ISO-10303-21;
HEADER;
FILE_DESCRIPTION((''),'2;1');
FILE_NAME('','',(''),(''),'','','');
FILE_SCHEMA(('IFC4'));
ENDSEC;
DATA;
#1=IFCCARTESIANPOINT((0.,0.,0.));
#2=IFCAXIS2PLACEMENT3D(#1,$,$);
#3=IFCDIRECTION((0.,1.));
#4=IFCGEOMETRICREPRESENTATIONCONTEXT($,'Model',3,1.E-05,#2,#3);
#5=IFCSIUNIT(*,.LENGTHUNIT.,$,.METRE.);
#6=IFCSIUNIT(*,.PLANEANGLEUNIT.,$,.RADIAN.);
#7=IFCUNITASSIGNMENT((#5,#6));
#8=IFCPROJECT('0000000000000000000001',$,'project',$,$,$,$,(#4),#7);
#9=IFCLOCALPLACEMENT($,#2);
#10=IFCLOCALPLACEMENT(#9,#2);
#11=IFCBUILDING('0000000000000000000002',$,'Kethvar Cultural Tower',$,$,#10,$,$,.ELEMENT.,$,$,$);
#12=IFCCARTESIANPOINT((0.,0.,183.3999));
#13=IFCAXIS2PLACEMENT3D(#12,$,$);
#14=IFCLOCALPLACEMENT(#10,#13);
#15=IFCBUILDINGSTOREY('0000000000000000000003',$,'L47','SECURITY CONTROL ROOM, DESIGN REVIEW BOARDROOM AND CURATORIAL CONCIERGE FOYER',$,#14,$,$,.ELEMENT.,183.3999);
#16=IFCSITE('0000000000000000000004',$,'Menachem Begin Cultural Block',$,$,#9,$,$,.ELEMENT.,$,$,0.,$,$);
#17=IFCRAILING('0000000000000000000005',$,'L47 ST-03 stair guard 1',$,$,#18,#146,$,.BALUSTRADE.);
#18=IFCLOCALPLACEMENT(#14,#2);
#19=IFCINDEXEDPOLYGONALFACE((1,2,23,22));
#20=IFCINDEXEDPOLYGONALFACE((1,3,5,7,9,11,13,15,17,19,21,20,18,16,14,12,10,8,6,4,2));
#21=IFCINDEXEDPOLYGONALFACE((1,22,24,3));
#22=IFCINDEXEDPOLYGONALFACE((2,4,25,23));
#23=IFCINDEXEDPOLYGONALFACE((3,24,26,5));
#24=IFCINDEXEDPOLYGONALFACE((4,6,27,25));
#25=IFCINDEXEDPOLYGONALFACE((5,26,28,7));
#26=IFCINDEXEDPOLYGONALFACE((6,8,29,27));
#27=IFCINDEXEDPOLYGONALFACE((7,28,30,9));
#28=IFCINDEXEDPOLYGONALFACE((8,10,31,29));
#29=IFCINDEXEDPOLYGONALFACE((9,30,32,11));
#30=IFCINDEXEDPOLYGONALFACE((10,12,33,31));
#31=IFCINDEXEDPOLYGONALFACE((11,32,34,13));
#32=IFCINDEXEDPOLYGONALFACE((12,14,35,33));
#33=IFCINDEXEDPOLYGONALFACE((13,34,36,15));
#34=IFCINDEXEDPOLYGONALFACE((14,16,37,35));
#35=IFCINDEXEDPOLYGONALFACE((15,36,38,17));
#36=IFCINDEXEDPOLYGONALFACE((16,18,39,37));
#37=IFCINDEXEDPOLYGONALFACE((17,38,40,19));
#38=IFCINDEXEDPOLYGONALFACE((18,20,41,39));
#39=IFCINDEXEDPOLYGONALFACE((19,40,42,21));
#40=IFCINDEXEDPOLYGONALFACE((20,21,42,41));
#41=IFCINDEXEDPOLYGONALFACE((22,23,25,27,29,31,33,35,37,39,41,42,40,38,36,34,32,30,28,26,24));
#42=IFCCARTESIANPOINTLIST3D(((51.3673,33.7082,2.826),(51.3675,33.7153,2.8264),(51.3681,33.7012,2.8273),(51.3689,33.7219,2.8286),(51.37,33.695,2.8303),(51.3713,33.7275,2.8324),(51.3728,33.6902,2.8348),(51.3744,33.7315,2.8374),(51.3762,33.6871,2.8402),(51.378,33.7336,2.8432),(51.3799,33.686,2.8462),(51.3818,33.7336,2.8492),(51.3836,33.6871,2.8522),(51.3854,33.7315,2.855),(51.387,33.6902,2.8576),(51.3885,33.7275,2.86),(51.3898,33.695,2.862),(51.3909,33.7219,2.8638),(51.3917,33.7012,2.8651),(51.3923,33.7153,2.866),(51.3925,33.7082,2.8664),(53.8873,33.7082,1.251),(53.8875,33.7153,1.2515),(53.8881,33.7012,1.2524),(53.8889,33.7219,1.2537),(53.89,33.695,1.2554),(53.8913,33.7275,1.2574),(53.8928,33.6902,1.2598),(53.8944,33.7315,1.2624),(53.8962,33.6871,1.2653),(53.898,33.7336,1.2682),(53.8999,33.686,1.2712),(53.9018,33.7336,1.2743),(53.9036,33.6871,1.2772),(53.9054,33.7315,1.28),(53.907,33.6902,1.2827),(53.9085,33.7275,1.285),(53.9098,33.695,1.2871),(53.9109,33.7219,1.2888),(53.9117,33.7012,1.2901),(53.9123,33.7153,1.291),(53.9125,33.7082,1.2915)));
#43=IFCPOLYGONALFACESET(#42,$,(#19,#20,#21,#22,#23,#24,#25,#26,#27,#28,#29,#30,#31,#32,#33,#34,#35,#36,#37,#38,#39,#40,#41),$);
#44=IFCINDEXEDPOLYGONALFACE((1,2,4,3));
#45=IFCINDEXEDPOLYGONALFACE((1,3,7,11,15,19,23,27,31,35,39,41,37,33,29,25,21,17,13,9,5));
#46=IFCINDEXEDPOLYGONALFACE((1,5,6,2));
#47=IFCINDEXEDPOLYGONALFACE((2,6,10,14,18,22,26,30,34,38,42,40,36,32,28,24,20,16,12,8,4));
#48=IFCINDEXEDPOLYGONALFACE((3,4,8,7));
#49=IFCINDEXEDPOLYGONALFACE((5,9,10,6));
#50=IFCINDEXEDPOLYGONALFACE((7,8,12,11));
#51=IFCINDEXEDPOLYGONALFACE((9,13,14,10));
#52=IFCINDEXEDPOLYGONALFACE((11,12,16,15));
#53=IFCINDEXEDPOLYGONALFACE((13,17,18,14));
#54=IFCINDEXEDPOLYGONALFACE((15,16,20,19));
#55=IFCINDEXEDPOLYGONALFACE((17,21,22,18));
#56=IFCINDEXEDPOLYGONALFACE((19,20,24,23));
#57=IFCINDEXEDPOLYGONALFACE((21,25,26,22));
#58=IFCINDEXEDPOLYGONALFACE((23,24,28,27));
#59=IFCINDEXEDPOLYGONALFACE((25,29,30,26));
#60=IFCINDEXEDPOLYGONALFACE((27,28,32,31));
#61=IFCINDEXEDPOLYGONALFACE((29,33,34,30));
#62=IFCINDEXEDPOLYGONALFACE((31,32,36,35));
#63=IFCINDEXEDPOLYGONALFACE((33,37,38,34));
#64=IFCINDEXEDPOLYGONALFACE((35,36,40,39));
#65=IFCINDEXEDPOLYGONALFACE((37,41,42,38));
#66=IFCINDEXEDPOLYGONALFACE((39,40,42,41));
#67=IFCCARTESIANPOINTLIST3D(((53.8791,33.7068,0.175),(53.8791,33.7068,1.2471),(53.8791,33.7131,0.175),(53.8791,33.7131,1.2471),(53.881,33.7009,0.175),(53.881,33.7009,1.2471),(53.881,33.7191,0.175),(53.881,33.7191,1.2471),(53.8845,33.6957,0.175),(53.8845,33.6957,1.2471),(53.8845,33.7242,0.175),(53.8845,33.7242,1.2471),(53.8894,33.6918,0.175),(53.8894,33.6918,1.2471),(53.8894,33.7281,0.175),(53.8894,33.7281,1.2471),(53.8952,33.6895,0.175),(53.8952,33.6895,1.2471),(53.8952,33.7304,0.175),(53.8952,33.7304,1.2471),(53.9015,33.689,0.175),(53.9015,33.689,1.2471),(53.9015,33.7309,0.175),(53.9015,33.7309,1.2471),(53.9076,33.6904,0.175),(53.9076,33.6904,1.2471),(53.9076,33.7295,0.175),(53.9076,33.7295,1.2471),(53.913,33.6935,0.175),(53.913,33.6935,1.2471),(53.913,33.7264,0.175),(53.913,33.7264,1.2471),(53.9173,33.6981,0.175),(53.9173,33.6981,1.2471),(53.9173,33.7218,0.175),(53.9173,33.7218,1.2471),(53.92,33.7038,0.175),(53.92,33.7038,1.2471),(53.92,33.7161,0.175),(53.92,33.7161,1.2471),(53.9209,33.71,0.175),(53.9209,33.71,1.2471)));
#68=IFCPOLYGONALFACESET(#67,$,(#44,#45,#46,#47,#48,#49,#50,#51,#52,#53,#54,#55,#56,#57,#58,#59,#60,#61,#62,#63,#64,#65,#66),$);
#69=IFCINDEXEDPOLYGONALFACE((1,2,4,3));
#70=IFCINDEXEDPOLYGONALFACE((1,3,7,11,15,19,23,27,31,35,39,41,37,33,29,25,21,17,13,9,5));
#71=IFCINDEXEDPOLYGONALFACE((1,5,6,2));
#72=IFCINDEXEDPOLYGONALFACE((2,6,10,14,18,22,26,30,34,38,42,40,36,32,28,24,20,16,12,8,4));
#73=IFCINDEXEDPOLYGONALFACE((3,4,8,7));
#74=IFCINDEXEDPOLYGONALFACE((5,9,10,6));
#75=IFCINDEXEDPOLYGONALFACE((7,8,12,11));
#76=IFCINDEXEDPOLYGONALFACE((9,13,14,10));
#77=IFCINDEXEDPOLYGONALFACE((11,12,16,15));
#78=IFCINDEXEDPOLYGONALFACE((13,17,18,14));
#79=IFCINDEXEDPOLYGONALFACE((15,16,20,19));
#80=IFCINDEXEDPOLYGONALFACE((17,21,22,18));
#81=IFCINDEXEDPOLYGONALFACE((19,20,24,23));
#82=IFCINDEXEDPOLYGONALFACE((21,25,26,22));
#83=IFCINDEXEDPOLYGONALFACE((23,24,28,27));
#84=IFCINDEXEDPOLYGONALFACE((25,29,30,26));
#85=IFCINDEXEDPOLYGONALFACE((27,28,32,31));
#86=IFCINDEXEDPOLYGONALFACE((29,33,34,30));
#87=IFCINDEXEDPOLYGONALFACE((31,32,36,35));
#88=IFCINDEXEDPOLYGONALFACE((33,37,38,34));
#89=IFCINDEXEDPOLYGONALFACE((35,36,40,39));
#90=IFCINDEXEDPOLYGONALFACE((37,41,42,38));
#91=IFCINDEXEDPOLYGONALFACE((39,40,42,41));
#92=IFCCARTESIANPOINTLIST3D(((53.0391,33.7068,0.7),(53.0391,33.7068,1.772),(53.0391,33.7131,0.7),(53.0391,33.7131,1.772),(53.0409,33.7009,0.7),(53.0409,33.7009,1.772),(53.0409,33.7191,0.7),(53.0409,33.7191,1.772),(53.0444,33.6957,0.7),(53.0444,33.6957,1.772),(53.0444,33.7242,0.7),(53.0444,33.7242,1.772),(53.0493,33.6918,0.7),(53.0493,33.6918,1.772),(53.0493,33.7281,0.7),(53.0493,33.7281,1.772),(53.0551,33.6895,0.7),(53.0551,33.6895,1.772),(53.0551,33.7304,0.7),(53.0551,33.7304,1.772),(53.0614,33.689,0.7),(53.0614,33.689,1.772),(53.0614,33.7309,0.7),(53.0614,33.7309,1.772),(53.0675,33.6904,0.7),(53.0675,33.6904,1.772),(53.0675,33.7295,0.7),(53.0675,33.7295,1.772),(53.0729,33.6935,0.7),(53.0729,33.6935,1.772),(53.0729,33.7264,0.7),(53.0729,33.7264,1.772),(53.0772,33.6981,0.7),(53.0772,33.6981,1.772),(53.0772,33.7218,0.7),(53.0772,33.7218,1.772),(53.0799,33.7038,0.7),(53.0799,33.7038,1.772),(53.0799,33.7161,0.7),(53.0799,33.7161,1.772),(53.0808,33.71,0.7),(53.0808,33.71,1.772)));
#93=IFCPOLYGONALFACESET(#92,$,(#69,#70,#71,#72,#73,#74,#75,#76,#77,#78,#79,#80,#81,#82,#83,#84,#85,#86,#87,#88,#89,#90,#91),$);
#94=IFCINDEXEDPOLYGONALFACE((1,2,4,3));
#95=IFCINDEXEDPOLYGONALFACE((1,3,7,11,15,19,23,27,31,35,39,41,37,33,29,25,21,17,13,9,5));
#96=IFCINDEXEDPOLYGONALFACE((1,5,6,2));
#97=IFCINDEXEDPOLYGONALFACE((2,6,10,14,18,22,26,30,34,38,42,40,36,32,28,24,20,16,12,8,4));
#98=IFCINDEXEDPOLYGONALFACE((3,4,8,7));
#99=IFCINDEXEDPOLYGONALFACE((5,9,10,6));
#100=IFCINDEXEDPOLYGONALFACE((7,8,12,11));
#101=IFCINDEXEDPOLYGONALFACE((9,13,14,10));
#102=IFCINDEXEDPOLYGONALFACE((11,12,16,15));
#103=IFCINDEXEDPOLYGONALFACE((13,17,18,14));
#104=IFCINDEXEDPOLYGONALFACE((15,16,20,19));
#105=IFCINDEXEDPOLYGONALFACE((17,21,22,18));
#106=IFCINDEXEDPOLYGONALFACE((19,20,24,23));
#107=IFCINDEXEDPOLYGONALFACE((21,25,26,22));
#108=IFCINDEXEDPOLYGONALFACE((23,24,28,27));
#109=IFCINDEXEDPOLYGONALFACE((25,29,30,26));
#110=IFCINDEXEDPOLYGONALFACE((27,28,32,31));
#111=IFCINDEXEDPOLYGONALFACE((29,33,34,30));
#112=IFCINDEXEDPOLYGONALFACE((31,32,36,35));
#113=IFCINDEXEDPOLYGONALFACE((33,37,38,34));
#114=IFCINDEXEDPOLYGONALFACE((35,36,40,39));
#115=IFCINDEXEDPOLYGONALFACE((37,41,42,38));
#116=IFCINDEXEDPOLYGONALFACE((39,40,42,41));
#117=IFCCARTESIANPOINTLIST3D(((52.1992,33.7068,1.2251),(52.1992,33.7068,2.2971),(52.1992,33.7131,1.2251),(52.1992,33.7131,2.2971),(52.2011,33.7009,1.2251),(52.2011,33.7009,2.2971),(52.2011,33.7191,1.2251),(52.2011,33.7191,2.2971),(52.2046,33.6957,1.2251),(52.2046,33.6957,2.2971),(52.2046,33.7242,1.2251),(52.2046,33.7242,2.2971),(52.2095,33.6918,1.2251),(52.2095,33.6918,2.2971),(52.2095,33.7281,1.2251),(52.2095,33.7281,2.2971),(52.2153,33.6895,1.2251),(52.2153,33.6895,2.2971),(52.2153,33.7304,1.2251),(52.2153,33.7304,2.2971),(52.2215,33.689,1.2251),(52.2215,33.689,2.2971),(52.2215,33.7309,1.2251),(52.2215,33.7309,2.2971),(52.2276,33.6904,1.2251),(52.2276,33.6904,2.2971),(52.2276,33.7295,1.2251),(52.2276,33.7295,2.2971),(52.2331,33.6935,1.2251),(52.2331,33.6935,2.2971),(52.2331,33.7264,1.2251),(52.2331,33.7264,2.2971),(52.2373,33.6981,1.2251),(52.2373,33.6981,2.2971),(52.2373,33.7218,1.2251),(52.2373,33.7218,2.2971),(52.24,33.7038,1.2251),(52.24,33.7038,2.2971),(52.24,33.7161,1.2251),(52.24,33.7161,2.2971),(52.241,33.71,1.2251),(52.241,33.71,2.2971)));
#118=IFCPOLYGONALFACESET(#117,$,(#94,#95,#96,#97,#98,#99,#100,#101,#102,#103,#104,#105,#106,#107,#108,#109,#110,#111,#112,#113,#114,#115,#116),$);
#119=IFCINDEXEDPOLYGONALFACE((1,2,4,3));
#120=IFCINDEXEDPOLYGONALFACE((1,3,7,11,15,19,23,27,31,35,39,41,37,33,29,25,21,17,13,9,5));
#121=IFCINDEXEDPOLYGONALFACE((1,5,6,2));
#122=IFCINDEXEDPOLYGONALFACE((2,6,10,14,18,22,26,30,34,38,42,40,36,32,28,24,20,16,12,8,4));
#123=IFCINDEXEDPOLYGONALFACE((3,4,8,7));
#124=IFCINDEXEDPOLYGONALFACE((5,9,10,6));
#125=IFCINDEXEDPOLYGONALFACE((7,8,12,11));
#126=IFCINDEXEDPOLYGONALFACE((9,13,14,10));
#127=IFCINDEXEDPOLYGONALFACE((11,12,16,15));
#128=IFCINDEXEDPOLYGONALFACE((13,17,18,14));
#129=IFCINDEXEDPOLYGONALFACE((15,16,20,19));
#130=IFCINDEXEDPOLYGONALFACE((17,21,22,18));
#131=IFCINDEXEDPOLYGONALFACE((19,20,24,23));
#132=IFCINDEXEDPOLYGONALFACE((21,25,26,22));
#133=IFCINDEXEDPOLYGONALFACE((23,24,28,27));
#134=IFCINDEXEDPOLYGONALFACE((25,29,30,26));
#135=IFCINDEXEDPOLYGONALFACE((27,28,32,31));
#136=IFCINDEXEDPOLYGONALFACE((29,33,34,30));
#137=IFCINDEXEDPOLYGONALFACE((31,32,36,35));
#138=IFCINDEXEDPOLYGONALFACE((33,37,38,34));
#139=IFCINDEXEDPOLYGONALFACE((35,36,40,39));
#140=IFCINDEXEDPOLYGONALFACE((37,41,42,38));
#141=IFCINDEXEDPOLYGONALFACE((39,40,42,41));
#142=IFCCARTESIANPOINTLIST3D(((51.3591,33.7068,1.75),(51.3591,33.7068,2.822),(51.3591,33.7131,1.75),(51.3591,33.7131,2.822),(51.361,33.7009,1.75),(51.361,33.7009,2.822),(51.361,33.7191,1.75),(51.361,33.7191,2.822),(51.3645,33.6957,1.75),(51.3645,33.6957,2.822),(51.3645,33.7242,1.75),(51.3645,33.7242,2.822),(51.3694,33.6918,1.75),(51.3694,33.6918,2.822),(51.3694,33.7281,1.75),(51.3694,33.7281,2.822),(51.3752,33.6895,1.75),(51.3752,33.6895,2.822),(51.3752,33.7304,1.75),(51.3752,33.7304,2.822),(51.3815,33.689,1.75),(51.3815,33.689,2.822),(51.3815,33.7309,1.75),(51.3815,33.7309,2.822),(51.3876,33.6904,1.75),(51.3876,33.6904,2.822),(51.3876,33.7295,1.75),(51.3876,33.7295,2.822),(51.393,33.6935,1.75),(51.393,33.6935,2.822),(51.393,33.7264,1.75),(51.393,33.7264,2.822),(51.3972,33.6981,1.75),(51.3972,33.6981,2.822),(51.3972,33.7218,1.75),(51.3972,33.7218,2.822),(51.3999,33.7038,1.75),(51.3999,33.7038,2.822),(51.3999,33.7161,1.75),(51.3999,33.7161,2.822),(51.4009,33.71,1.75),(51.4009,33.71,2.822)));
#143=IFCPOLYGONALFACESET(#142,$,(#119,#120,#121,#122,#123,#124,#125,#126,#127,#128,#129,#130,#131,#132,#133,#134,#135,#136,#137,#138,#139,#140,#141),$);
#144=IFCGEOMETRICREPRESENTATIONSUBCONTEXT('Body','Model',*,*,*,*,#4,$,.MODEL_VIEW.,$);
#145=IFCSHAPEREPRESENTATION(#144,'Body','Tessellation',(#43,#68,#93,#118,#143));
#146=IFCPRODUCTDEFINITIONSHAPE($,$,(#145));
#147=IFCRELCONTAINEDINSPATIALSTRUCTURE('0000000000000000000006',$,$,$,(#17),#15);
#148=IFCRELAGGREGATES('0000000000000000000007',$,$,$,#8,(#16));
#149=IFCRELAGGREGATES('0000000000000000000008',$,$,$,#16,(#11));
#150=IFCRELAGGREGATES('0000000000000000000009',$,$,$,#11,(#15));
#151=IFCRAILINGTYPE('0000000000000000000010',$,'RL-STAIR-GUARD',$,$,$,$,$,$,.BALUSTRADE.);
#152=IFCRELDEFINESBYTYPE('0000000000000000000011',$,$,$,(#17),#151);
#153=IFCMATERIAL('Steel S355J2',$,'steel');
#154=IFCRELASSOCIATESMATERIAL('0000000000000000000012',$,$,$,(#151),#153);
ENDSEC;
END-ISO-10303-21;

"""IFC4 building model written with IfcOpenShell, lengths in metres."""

from ifc_helpers import new_model, si_unit, direction, frame, origin, origin_2d, place, context, subcontext, project, spatial, circle, extrude, material, type_object, element, save


model = new_model("IFC4")

# Units and contexts
model_context = context("Model", 3, precision=1e-05, world=origin(), true_north=direction((0.0, 1.0)))
body_context = subcontext(model_context, "Body", "Model", "MODEL_VIEW")
ifc_project = project(units=[si_unit("LENGTHUNIT", "METRE"), si_unit("PLANEANGLEUNIT", "RADIAN")], contexts=[model_context])

# Site, building, storey
site_placement = place(None, origin())
site = spatial("IfcSite", under=ifc_project, at=site_placement, Name="Menachem Begin Cultural Block", CompositionType="ELEMENT", RefElevation=0.0)
building_placement = place(site_placement, origin())
building = spatial("IfcBuilding", under=site, at=building_placement, Name="Kethvar Cultural Tower", CompositionType="ELEMENT")
storey_placement = place(building_placement, frame((0.0, 0.0, 183.3999)))
storey = spatial("IfcBuildingStorey", under=building, at=storey_placement, Name="L47", Description="SECURITY CONTROL ROOM, DESIGN REVIEW BOARDROOM AND CURATORIAL CONCIERGE FOYER", CompositionType="ELEMENT", Elevation=183.3999)

# Shared definitions
ifc_material_1 = material(Name="Steel S355J2", Category="steel")

# Railing
railing_type_1 = type_object("IfcRailingType", Name="RL-STAIR-GUARD", PredefinedType="BALUSTRADE", material=ifc_material_1)
railing_1_placement = place(storey_placement, frame((53.8999, 33.71, 0.175)))
element("IfcRailing", 1, at=railing_1_placement, inside=storey, type_object=railing_type_1, Name="L47 ST-03 stair guard 1", PredefinedType="BALUSTRADE", context=body_context, shape_type="SweptSolid", body=[
    extrude(circle(Radius=0.0239, at=origin_2d()), frame((0.0, 0.0, 1.0962), z_axis=(-0.848008, 0.0, 0.529984), x_axis=(0.0, -1.0, 0.0)), (0.0, 0.0, 1.0), 2.9717),
    extrude(circle(Radius=0.021, at=origin_2d()), origin(), (0.0, 0.0, 1.0), 1.072),
    extrude(circle(Radius=0.021, at=origin_2d()), frame((-0.8401, 0.0, 0.5249)), (0.0, 0.0, 1.0), 1.072),
    extrude(circle(Radius=0.021, at=origin_2d()), frame((-1.6799, 0.0, 1.05)), (0.0, 0.0, 1.0), 1.072),
    extrude(circle(Radius=0.021, at=origin_2d()), frame((-2.52, 0.0, 1.575)), (0.0, 0.0, 1.0), 1.072),
])

save(model, "model.ifc")
